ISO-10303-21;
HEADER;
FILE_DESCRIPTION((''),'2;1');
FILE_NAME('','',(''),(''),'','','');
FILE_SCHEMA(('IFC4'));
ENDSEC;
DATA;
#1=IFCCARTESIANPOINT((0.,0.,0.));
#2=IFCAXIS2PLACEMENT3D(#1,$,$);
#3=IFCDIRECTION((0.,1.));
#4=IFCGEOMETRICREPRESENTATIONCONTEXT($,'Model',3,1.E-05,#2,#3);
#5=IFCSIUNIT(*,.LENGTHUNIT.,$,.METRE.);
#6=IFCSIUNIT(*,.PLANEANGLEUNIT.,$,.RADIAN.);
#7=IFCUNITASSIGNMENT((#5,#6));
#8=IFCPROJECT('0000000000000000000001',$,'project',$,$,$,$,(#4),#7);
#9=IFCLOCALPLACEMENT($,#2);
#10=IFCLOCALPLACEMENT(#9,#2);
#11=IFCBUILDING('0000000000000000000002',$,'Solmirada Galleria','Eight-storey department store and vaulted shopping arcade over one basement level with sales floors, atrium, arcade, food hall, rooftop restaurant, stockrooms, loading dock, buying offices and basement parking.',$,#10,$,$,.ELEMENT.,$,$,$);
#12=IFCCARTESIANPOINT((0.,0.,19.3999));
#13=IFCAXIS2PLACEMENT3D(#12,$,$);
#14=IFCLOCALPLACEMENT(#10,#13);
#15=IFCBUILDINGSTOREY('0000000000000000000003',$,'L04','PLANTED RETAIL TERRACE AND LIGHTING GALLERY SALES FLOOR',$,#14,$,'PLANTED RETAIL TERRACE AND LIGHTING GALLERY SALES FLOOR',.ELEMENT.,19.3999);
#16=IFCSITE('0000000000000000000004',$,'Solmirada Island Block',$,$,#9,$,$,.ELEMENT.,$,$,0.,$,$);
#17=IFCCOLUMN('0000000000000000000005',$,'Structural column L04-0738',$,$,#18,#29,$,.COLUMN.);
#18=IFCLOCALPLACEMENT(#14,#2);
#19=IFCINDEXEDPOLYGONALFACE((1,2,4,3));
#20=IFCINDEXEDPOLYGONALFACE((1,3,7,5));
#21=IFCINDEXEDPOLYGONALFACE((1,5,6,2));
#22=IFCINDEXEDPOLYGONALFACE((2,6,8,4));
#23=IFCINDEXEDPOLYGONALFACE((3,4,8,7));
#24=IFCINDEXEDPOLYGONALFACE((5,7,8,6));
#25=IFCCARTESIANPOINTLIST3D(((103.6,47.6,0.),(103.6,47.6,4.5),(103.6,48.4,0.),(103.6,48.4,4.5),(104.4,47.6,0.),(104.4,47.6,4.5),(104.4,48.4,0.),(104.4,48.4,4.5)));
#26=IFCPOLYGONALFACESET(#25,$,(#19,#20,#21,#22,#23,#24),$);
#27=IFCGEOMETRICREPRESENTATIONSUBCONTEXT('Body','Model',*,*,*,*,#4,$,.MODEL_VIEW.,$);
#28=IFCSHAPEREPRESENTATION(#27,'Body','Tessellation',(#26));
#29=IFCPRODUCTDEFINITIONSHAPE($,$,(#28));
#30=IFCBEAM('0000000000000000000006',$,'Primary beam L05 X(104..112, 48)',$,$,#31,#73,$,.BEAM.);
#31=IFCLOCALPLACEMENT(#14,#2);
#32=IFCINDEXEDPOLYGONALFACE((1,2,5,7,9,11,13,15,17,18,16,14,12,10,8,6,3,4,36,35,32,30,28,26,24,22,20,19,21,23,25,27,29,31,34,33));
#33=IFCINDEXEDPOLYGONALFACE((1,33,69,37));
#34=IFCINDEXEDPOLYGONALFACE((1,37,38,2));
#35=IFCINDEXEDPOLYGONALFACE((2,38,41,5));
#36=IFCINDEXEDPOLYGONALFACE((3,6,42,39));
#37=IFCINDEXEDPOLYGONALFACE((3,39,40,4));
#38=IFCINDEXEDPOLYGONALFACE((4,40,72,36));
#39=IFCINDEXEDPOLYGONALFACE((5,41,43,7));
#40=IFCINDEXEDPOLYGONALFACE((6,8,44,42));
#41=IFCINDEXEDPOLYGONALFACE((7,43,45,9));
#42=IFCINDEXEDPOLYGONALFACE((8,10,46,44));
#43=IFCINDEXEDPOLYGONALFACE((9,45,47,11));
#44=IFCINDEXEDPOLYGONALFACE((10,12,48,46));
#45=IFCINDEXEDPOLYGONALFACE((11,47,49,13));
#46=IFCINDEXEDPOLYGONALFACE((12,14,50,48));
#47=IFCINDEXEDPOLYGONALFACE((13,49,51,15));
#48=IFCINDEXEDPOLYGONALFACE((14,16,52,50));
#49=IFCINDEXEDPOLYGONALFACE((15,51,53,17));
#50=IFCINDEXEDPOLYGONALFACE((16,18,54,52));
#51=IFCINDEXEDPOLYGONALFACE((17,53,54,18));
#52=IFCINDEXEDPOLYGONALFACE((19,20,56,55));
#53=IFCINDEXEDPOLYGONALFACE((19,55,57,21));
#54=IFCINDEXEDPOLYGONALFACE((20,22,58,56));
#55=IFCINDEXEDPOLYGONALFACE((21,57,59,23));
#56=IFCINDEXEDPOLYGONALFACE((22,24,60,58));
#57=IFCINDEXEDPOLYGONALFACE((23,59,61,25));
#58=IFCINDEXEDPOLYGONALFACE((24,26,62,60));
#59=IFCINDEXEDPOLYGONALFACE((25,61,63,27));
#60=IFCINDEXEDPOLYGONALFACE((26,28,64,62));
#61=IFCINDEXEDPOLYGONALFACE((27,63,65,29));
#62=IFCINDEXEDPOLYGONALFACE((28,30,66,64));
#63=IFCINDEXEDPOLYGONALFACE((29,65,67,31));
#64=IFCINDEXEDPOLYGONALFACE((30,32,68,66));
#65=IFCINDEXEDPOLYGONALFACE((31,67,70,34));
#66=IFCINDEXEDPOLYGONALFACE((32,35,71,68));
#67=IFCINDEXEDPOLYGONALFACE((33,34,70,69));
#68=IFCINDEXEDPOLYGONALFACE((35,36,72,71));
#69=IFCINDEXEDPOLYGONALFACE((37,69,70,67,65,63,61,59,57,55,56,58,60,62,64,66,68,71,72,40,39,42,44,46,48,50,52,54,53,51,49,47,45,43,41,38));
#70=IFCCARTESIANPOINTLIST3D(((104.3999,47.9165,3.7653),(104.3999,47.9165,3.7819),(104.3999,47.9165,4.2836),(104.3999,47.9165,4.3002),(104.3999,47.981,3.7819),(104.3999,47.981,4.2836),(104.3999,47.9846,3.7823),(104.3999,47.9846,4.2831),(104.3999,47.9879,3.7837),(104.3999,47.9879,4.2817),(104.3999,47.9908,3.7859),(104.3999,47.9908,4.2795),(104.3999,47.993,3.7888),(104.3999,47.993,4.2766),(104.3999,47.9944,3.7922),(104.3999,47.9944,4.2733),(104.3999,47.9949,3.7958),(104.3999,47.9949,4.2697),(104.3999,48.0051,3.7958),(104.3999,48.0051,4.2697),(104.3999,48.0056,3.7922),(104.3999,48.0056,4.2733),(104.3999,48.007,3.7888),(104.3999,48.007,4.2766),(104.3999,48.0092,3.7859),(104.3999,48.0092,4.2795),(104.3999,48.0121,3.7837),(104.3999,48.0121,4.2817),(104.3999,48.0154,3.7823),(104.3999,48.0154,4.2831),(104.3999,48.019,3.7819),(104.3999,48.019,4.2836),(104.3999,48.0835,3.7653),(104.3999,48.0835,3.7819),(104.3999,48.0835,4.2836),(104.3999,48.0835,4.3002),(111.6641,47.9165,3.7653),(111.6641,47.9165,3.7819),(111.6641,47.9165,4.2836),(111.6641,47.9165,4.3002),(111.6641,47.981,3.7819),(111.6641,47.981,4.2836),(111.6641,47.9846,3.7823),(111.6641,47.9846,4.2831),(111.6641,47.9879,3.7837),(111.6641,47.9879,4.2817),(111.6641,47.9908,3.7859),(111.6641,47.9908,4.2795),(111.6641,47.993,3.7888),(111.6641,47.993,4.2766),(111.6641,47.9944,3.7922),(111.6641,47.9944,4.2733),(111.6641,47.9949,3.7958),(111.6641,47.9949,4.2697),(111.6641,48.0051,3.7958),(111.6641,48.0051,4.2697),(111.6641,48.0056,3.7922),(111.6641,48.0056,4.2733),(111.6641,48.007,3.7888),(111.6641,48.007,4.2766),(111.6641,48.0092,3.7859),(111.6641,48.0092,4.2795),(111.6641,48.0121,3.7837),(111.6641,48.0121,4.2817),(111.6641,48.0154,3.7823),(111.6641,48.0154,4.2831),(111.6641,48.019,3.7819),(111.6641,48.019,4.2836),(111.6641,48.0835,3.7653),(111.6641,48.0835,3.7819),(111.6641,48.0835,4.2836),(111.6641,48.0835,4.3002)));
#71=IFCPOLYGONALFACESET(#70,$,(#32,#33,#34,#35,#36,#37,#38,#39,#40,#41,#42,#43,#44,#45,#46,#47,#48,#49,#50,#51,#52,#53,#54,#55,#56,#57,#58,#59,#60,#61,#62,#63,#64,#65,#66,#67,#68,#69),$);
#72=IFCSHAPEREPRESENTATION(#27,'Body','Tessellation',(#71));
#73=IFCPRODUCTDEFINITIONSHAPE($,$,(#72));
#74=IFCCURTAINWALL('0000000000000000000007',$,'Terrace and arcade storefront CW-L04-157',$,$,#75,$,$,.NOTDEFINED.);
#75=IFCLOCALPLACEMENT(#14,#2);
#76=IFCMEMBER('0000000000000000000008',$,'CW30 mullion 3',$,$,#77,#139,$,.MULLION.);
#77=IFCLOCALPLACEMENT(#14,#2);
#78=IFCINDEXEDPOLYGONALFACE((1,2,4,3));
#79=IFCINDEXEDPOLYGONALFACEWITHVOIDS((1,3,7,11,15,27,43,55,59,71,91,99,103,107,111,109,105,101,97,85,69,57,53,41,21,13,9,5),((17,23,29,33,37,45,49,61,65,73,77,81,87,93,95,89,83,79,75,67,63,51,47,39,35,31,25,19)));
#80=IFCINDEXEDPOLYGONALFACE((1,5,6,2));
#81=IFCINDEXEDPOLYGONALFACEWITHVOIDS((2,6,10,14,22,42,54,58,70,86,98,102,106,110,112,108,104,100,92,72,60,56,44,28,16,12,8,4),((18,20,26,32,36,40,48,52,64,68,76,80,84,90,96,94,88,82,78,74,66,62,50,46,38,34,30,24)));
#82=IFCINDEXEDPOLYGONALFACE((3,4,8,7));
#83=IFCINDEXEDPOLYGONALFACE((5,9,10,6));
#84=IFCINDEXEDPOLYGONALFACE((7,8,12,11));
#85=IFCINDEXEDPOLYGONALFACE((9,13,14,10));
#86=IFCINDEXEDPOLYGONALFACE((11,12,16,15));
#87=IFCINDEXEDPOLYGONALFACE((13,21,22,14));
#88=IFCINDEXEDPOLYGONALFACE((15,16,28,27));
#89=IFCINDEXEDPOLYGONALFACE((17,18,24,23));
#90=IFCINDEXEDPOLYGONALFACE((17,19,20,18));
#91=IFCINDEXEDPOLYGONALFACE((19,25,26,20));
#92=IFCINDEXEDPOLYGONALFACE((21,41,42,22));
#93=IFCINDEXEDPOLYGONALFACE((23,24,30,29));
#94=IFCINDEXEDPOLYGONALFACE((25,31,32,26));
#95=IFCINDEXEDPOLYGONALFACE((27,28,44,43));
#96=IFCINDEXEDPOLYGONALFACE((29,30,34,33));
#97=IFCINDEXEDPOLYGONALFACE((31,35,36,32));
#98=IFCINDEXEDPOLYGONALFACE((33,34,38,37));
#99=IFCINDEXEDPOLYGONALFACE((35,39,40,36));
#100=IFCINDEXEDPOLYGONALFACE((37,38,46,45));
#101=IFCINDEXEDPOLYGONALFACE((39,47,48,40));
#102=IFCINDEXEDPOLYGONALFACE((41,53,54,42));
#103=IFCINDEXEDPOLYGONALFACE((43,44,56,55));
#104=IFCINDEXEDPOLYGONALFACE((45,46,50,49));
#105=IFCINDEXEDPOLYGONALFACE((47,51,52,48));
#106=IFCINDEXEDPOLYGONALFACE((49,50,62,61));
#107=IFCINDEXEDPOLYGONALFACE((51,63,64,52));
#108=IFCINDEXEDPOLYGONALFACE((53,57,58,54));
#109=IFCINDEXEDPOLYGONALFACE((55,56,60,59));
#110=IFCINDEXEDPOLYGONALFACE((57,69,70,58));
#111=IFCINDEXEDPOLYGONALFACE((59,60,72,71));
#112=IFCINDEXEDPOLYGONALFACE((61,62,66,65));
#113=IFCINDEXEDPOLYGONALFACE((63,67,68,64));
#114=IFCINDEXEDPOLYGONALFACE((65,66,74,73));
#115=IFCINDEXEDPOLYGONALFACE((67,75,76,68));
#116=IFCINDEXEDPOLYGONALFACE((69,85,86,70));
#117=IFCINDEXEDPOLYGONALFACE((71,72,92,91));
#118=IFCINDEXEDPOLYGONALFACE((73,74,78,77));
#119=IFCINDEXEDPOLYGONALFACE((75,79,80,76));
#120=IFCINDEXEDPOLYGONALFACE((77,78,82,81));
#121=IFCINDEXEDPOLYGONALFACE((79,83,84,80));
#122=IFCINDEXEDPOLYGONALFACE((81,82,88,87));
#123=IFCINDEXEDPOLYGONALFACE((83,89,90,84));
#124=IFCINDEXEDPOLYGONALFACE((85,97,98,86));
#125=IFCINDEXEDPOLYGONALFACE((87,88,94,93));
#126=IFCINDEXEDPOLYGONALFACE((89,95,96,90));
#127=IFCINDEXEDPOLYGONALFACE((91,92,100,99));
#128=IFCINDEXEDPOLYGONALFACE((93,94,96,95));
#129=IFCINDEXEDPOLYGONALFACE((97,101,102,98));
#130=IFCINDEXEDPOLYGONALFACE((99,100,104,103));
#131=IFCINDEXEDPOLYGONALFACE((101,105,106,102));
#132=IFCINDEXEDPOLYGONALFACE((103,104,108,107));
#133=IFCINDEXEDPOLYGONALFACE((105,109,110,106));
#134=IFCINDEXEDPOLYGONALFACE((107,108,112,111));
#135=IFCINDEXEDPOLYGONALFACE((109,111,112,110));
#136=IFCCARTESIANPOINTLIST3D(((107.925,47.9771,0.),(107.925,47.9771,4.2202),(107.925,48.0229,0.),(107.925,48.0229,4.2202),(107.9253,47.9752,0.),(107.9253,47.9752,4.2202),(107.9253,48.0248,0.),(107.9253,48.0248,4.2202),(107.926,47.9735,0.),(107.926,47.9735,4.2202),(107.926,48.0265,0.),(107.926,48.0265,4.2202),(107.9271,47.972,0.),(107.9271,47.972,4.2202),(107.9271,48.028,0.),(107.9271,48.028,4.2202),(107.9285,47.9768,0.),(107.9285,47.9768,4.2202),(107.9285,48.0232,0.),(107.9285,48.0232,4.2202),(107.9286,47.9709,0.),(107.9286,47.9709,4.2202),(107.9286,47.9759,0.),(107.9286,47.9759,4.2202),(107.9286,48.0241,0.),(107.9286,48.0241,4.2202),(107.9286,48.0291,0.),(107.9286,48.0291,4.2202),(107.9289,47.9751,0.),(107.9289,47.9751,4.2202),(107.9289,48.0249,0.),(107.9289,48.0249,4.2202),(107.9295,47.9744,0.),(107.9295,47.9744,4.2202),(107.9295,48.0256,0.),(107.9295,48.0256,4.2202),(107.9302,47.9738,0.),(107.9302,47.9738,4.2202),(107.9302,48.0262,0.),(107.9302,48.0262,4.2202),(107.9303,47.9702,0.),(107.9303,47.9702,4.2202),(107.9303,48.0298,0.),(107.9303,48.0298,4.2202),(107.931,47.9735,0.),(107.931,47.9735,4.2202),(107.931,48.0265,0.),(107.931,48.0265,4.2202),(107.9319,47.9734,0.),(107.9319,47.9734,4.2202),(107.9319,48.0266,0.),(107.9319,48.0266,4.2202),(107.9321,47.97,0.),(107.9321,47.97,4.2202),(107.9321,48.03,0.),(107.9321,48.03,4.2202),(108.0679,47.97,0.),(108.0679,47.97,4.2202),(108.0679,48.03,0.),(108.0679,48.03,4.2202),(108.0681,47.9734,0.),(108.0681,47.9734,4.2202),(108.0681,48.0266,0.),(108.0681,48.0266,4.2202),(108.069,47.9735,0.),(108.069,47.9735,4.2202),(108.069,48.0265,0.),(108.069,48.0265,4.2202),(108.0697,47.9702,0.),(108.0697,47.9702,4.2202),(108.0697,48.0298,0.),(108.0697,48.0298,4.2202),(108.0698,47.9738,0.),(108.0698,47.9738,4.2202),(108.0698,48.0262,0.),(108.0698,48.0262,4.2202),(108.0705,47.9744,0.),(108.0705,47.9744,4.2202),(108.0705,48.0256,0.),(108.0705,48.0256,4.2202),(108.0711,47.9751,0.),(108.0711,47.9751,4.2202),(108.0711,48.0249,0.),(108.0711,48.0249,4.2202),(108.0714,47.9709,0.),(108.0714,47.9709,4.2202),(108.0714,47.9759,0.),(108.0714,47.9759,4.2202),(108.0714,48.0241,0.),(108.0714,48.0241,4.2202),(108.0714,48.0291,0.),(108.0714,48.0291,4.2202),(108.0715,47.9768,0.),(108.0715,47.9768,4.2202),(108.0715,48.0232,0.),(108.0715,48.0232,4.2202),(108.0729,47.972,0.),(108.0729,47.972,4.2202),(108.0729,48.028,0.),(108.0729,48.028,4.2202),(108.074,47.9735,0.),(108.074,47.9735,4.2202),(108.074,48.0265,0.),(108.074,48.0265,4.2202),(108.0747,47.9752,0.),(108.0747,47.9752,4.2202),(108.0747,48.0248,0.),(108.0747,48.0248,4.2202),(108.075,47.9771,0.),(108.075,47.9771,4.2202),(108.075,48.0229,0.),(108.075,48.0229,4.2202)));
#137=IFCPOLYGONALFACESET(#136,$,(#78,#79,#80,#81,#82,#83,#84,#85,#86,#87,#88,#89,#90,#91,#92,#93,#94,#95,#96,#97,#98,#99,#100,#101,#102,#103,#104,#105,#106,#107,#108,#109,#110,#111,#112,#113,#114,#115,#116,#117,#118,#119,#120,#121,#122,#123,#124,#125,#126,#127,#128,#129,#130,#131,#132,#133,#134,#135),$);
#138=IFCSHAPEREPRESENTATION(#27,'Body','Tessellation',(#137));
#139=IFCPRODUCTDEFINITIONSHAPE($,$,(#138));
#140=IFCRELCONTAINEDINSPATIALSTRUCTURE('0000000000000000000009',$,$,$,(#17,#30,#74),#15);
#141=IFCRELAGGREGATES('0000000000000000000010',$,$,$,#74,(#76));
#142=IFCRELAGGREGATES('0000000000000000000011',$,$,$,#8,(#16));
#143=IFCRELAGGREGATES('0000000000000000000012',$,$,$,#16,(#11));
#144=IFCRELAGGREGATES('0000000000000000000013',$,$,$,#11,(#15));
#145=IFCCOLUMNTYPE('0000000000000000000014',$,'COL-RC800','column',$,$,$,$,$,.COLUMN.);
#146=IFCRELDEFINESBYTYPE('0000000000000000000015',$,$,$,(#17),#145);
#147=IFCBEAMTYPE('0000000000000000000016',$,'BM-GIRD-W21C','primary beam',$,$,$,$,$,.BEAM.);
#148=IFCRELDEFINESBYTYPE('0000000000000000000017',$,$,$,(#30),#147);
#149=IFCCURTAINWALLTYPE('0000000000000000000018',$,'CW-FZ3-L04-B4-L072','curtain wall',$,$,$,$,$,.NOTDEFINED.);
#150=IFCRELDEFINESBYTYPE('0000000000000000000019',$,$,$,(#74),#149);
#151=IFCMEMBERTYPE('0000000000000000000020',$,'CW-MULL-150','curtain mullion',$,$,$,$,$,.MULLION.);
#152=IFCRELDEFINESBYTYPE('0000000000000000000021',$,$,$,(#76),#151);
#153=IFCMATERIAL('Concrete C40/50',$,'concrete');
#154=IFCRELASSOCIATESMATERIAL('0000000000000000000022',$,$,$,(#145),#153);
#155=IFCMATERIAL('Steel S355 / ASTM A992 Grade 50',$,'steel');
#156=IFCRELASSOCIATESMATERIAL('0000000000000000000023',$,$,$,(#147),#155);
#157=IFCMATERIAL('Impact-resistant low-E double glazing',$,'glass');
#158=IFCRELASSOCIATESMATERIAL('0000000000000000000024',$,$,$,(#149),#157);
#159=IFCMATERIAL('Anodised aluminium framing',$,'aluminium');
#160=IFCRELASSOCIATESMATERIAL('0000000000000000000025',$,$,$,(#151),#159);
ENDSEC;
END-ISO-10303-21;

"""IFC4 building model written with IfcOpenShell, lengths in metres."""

from ifc_helpers import new_model, si_unit, direction, frame, origin, origin_2d, place, context, subcontext, project, spatial, rectangle, hollow_rectangle, i_section, extrude, material, material_profile, profile_set, type_object, element, aggregate, save


model = new_model("IFC4")

# Units and contexts
model_context = context("Model", 3, precision=1e-05, world=origin(), true_north=direction((0.0, 1.0)))
body_context = subcontext(model_context, "Body", "Model", "MODEL_VIEW")
ifc_project = project(units=[si_unit("LENGTHUNIT", "METRE"), si_unit("PLANEANGLEUNIT", "RADIAN")], contexts=[model_context])

# Site, building, storey
site_placement = place(None, origin())
site = spatial("IfcSite", under=ifc_project, at=site_placement, Name="Solmirada Island Block", CompositionType="ELEMENT", RefElevation=0.0)
building_placement = place(site_placement, origin())
building = spatial("IfcBuilding", under=site, at=building_placement, Name="Solmirada Galleria", Description="Eight-storey department store and vaulted shopping arcade over one basement level with sales floors, atrium, arcade, food hall, rooftop restaurant, stockrooms, loading dock, buying offices and basement parking.", CompositionType="ELEMENT")
storey_placement = place(building_placement, frame((0.0, 0.0, 19.3999)))
storey = spatial("IfcBuildingStorey", under=building, at=storey_placement, Name="L04", Description="PLANTED RETAIL TERRACE AND LIGHTING GALLERY SALES FLOOR", LongName="PLANTED RETAIL TERRACE AND LIGHTING GALLERY SALES FLOOR", CompositionType="ELEMENT", Elevation=19.3999)

# Column
ifc_material_1 = material(Name="Concrete C40/50", Category="concrete")
ifc_material_profile_1 = material_profile(ifc_material_1, rectangle(XDim=0.8, YDim=0.8, at=origin_2d()), Name="RC800X800")
ifc_profile_set_1 = profile_set([ifc_material_profile_1], Name="Concrete C40/50")
column_type = type_object("IfcColumnType", Name="COL-RC800", Description="column", PredefinedType="COLUMN", material=ifc_profile_set_1)
column_placement = place(storey_placement, frame((104.0, 48.0, 0.0), z_axis=(0.0, 0.0, 1.0), x_axis=(1.0, 0.0, 0.0)))
element("IfcColumn", 1, at=column_placement, inside=storey, type_object=column_type, Name="Structural column L04-0738", PredefinedType="COLUMN", context=body_context, shape_type="SweptSolid", body=[
    extrude(rectangle(XDim=0.8, YDim=0.8, at=origin_2d()), origin(), (0.0, 0.0, 1.0), 4.5),
])

# Beam
ifc_material_2 = material(Name="Steel S355 / ASTM A992 Grade 50", Category="steel")
ifc_material_profile_2 = material_profile(ifc_material_2, i_section(OverallWidth=0.167, OverallDepth=0.5349, WebThickness=0.0103, FlangeThickness=0.0166, FilletRadius=0.0139, at=origin_2d()), Name="W21X57")
ifc_profile_set_2 = profile_set([ifc_material_profile_2], Name="Steel S355 / ASTM A992 Grade 50")
beam_type = type_object("IfcBeamType", Name="BM-GIRD-W21C", Description="primary beam", PredefinedType="BEAM", material=ifc_profile_set_2)
beam_placement = place(storey_placement, frame((104.3999, 48.0, 4.0327), z_axis=(1.0, 0.0, 0.0), x_axis=(0.0, 1.0, 0.0)))
element("IfcBeam", 2, at=beam_placement, inside=storey, type_object=beam_type, Name="Primary beam L05 X(104..112, 48)", PredefinedType="BEAM", context=body_context, shape_type="SweptSolid", body=[
    extrude(i_section(OverallWidth=0.167, OverallDepth=0.5349, WebThickness=0.0103, FlangeThickness=0.0166, FilletRadius=0.0139, at=origin_2d()), origin(), (0.0, 0.0, 1.0), 7.2642),
])

# Curtain wall, member
ifc_material_3 = material(Name="Impact-resistant low-E double glazing", Category="glass")
curtain_wall_type = type_object("IfcCurtainWallType", Name="CW-FZ3-L04-B4-L072", Description="curtain wall", PredefinedType="NOTDEFINED", material=ifc_material_3)
curtain_wall_1_placement = place(storey_placement, origin())
curtain_wall_1 = element("IfcCurtainWall", 3, at=curtain_wall_1_placement, inside=storey, type_object=curtain_wall_type, Name="Terrace and arcade storefront CW-L04-157", PredefinedType="NOTDEFINED")
ifc_material_4 = material(Name="Anodised aluminium framing", Category="aluminium")
ifc_material_profile_3 = material_profile(ifc_material_4, hollow_rectangle(XDim=0.0601, YDim=0.1499, WallThickness=0.0034, InnerFilletRadius=0.0034, OuterFilletRadius=0.0071, at=origin_2d()), Name="ALU-MULL-150X60")
ifc_profile_set_3 = profile_set([ifc_material_profile_3], Name="Anodised aluminium framing")
member_type_1 = type_object("IfcMemberType", Name="CW-MULL-150", Description="curtain mullion", PredefinedType="MULLION", material=ifc_profile_set_3)
member_1_placement = place(storey_placement, frame((108.0, 48.0, 0.0), z_axis=(0.0, 0.0, 1.0), x_axis=(0.0, -1.0, 0.0)))
member_1 = element("IfcMember", 4, at=member_1_placement, type_object=member_type_1, Name="CW30 mullion 3", PredefinedType="MULLION", context=body_context, shape_type="SweptSolid", body=[
    extrude(hollow_rectangle(XDim=0.0601, YDim=0.1499, WallThickness=0.0034, InnerFilletRadius=0.0034, OuterFilletRadius=0.0071, at=origin_2d()), origin(), (0.0, 0.0, 1.0), 4.2202),
])

aggregate(curtain_wall_1, [member_1])

save(model, "model.ifc")
